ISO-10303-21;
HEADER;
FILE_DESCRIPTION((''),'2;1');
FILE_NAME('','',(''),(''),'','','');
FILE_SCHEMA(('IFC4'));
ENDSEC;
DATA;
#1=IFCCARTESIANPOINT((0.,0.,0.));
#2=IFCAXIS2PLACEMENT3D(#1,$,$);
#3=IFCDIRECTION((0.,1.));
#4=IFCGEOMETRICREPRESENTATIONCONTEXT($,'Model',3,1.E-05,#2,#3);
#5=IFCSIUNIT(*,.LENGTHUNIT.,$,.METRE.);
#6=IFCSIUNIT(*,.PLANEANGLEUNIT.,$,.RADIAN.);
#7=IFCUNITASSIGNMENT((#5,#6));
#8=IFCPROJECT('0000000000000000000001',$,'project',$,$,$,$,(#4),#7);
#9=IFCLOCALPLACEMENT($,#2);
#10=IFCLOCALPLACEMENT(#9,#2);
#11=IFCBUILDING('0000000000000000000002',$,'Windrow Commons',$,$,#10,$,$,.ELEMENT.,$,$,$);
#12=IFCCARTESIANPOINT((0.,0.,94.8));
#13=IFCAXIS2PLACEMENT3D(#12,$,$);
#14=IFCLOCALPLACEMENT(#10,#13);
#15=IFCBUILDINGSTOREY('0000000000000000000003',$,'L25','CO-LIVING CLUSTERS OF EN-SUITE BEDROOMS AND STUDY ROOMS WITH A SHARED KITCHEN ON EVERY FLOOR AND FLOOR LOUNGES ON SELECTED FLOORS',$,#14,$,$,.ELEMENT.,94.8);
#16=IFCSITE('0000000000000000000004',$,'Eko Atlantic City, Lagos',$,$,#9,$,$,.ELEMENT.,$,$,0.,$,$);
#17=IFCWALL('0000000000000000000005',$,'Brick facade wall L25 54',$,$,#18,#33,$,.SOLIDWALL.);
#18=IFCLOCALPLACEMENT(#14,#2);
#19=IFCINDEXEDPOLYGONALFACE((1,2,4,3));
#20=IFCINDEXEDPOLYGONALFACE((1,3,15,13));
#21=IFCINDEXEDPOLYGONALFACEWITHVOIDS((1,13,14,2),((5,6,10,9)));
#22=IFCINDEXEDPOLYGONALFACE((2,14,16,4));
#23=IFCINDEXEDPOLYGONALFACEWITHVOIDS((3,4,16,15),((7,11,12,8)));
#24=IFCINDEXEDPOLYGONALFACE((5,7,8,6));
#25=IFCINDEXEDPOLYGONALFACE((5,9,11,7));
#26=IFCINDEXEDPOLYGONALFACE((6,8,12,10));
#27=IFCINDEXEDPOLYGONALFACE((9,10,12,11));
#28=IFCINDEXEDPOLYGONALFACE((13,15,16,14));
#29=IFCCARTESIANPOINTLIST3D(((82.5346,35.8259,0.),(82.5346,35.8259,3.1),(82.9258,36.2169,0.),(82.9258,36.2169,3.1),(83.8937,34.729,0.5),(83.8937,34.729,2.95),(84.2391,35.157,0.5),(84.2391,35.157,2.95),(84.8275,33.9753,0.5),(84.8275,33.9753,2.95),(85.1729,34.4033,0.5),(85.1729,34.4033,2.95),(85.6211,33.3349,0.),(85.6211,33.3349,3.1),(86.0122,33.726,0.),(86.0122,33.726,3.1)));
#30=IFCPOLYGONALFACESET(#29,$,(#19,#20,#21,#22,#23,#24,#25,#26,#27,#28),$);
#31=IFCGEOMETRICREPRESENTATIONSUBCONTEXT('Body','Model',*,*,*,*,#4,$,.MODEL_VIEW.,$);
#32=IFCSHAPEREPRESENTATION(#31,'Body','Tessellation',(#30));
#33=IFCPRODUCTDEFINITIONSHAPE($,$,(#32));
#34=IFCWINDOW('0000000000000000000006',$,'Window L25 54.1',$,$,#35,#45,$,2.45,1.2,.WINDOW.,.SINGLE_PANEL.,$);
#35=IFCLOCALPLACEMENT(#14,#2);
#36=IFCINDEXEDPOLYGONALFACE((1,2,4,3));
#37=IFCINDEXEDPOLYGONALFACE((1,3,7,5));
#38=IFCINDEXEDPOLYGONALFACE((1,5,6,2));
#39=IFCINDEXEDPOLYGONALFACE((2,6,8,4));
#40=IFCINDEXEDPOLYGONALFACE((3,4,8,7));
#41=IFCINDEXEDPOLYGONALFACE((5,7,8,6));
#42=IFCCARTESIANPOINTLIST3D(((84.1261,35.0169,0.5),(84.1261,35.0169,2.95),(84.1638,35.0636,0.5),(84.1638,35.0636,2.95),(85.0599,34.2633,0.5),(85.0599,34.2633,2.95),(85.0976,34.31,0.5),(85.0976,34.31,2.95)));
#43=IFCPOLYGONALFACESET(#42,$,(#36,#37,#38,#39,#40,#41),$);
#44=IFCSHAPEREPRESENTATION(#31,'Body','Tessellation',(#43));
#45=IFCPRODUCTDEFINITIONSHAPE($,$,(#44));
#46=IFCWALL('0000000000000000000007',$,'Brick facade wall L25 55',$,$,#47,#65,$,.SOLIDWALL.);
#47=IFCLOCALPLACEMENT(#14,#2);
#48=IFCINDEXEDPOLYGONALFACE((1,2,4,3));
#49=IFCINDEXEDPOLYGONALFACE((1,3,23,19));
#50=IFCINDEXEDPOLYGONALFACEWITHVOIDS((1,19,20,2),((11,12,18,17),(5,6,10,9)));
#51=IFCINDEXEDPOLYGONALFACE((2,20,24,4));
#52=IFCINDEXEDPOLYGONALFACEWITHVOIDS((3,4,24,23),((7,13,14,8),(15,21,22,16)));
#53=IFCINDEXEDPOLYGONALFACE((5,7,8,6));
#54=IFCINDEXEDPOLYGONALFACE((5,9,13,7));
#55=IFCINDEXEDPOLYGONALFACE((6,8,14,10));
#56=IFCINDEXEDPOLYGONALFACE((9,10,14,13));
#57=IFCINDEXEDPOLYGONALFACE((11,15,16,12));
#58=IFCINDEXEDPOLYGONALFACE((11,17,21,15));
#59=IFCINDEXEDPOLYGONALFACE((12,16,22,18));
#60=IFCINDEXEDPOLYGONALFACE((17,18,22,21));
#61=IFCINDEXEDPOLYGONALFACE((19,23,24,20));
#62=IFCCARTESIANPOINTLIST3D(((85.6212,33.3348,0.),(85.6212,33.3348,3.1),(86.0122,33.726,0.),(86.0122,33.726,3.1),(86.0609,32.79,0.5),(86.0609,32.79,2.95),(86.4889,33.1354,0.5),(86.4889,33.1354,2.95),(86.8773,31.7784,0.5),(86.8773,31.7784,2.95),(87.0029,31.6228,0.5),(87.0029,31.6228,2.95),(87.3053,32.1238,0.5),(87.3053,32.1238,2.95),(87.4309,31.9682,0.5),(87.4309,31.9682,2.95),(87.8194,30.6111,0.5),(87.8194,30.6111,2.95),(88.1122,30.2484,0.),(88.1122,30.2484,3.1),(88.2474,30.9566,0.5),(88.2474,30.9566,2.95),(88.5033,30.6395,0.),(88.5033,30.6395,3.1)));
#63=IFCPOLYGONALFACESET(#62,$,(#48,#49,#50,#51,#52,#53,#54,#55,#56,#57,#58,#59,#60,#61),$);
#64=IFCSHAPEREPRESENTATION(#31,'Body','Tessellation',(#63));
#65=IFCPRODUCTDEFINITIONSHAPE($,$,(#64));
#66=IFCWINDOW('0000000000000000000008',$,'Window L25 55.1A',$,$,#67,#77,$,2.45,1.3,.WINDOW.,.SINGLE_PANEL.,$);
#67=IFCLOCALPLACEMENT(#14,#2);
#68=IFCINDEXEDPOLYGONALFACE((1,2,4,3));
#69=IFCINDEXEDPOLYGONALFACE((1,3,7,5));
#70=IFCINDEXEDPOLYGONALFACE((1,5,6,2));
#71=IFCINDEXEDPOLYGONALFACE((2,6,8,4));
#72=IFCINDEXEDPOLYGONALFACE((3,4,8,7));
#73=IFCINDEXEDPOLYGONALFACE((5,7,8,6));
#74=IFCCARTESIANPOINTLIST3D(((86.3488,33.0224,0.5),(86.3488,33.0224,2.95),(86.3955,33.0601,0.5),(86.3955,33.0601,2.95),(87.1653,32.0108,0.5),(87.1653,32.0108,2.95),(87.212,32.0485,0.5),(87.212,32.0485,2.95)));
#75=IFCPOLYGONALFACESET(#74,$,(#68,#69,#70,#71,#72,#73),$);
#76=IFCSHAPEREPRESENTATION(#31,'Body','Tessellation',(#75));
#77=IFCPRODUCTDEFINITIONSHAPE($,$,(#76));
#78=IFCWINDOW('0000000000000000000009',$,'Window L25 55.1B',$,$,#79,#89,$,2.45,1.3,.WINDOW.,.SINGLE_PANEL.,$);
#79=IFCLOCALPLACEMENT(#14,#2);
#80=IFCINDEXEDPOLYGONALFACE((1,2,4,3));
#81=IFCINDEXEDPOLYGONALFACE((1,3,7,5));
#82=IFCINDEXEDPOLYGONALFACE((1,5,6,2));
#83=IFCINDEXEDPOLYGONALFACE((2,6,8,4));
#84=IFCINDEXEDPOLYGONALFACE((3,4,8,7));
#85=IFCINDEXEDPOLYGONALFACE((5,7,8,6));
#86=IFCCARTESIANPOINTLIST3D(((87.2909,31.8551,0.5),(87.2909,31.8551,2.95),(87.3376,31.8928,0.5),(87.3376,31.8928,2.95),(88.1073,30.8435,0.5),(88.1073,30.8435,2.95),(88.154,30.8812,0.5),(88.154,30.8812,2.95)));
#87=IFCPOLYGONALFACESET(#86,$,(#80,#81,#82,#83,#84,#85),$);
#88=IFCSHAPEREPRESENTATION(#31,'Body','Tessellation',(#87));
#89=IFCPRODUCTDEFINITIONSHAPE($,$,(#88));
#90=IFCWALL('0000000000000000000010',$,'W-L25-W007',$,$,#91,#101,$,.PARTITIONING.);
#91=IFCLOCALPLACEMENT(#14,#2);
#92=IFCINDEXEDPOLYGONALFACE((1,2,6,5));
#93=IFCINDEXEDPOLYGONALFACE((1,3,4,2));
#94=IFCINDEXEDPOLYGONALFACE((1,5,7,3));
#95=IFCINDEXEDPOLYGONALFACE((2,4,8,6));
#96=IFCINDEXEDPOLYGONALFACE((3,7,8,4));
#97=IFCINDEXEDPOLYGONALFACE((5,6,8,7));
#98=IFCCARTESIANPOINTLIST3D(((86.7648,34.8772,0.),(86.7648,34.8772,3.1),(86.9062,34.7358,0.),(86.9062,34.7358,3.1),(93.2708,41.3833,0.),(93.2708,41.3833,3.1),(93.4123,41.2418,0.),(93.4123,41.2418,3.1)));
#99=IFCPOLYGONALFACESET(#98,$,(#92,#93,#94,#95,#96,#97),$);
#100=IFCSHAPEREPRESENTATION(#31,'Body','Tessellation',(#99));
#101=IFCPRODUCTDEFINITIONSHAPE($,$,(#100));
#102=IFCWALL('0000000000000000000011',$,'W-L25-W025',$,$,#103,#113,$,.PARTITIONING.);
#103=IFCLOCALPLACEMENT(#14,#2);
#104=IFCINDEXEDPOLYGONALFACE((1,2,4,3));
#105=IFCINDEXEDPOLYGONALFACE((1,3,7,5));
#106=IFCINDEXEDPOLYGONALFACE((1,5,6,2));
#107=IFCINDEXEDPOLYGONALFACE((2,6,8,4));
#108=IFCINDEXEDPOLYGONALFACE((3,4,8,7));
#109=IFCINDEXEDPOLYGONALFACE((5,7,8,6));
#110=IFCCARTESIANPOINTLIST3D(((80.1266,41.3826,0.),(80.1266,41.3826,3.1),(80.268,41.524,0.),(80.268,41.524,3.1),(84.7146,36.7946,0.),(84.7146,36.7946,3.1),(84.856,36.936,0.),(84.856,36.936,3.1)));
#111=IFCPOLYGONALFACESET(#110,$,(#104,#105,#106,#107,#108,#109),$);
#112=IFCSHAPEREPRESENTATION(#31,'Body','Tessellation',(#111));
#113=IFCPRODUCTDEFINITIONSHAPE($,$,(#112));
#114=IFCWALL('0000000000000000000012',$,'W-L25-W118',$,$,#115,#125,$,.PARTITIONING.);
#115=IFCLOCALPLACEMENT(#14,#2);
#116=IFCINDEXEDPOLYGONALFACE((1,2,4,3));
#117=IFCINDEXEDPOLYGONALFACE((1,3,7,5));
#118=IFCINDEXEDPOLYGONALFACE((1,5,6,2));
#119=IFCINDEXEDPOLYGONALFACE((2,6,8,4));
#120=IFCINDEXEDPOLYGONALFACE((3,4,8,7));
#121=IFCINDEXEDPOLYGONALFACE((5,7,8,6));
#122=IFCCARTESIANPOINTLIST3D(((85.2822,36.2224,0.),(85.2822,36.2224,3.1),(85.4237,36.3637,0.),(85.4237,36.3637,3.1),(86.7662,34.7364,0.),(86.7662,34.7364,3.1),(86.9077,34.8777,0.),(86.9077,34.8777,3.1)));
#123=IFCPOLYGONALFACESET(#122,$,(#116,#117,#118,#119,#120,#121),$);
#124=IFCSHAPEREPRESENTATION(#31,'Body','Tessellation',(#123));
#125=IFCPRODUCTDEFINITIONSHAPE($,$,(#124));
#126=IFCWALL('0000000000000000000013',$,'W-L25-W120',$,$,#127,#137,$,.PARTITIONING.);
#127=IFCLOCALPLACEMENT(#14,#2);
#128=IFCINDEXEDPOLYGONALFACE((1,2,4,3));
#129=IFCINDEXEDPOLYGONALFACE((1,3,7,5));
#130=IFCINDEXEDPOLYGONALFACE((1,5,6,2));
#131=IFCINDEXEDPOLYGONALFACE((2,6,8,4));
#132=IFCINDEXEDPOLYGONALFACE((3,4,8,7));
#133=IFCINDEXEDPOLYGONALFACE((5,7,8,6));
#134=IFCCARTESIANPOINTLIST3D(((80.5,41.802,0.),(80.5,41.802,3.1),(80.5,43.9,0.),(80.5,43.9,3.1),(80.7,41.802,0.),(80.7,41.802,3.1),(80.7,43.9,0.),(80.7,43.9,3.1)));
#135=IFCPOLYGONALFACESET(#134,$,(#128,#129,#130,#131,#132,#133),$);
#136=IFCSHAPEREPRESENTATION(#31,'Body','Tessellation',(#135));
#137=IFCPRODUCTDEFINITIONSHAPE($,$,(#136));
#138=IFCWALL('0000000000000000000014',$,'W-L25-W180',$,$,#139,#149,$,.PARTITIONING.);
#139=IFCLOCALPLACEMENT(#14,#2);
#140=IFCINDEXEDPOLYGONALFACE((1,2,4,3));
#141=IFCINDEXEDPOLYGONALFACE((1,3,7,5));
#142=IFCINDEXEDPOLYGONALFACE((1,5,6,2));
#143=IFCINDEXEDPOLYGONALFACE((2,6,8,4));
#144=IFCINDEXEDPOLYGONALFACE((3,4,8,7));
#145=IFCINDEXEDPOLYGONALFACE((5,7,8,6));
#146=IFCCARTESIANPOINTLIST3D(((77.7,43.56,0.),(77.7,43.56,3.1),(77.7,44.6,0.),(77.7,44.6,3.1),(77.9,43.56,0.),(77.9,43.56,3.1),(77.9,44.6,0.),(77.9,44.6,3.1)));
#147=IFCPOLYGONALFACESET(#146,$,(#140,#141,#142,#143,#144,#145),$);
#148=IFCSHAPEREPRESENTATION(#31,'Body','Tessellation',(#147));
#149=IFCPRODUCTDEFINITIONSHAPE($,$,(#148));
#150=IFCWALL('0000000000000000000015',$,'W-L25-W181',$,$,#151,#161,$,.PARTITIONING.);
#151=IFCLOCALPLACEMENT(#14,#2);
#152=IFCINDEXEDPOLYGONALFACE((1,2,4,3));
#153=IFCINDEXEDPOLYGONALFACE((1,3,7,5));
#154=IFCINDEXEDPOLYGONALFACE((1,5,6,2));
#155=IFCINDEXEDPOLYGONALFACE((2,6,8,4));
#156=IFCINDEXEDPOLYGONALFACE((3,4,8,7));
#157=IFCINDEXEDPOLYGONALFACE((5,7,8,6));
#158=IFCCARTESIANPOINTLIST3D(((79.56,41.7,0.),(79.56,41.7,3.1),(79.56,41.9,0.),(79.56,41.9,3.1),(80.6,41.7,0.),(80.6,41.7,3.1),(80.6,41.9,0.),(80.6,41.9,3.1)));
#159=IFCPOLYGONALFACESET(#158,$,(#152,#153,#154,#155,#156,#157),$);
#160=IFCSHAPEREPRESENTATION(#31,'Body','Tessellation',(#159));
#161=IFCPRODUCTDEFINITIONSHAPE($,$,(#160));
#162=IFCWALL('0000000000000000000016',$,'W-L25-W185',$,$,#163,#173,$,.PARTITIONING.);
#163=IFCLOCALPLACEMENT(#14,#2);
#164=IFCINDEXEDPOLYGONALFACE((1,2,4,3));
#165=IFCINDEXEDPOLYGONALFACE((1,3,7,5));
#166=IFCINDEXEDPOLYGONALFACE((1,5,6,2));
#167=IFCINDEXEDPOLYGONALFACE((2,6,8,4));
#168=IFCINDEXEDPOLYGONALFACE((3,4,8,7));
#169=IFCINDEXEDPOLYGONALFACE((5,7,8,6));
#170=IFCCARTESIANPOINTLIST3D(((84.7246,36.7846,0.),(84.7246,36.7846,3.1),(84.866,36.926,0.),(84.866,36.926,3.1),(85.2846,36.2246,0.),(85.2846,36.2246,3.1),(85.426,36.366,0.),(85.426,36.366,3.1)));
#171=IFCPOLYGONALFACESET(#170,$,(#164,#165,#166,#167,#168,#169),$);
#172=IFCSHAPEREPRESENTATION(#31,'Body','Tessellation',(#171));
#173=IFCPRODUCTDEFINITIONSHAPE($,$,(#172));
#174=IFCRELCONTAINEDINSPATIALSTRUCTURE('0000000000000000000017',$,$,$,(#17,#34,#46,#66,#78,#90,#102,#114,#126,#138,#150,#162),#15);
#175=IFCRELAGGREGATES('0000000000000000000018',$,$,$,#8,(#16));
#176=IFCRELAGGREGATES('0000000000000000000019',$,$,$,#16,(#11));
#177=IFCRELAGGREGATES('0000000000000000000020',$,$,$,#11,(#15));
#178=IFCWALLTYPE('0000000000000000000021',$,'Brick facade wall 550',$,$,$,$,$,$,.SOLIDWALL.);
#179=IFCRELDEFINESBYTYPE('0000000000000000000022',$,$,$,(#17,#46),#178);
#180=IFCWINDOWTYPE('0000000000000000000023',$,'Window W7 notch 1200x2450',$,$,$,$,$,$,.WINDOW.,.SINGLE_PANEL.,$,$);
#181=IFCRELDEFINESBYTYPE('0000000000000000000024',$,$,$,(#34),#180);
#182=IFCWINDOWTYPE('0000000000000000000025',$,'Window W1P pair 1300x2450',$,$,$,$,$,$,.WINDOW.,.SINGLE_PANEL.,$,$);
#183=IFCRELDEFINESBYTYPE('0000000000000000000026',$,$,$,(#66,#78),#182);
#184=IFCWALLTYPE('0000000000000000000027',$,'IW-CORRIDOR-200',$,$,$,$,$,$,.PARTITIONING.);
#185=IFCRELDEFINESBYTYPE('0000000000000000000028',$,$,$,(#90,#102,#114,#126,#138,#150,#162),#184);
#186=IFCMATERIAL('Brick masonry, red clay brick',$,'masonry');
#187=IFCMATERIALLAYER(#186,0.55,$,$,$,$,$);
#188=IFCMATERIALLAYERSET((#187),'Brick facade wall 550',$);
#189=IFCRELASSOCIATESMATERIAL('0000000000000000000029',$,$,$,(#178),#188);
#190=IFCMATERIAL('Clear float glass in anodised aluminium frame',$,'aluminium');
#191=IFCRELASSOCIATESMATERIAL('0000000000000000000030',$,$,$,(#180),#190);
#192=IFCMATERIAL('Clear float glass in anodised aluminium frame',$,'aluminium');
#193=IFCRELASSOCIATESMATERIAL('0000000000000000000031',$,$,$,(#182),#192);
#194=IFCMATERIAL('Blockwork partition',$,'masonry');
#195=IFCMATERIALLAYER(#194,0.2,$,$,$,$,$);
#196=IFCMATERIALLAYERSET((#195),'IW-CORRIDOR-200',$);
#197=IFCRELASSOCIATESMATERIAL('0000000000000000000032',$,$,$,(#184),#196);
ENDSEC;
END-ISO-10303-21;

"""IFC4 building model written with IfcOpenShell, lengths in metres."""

from ifc_helpers import new_model, si_unit, direction, frame, frame_2d, origin, place, context, subcontext, project, spatial, polyline, rectangle, outline, extrude, material, layer, layer_set, type_object, element, fill, save


model = new_model("IFC4")

# Units and contexts
model_context = context("Model", 3, precision=1e-05, world=origin(), true_north=direction((0.0, 1.0)))
body_context = subcontext(model_context, "Body", "Model", "MODEL_VIEW")
ifc_project = project(units=[si_unit("LENGTHUNIT", "METRE"), si_unit("PLANEANGLEUNIT", "RADIAN")], contexts=[model_context])

# Site, building, storey
site_placement = place(None, origin())
site = spatial("IfcSite", under=ifc_project, at=site_placement, Name="Eko Atlantic City, Lagos", CompositionType="ELEMENT", RefElevation=0.0)
building_placement = place(site_placement, origin())
building = spatial("IfcBuilding", under=site, at=building_placement, Name="Windrow Commons", CompositionType="ELEMENT")
storey_placement = place(building_placement, frame((0.0, 0.0, 94.8)))
storey = spatial("IfcBuildingStorey", under=building, at=storey_placement, Name="L25", Description="CO-LIVING CLUSTERS OF EN-SUITE BEDROOMS AND STUDY ROOMS WITH A SHARED KITCHEN ON EVERY FLOOR AND FLOOR LOUNGES ON SELECTED FLOORS", CompositionType="ELEMENT", Elevation=94.8)

# Shared definitions
ifc_material_1 = material(Name="Brick masonry, red clay brick", Category="masonry")
ifc_layer_1 = layer(ifc_material_1, 0.55)
ifc_layer_set_1 = layer_set([ifc_layer_1], Name="Brick facade wall 550")
wall_type_1 = type_object("IfcWallType", Name="Brick facade wall 550", PredefinedType="SOLIDWALL", material=ifc_layer_set_1)
ifc_material_2 = material(Name="Clear float glass in anodised aluminium frame", Category="aluminium")
window_type_1 = type_object("IfcWindowType", Name="Window W7 notch 1200x2450", PartitioningType="SINGLE_PANEL", PredefinedType="WINDOW", material=ifc_material_2)

# Wall, opening, window
wall_1_placement = place(storey_placement, frame((82.7302, 36.0214, 0.0), z_axis=(0.0, 0.0, 1.0), x_axis=(0.77818, -0.628041, 0.0)))
wall_1 = element("IfcWall", 1, at=wall_1_placement, inside=storey, type_object=wall_type_1, Name="Brick facade wall L25 54", PredefinedType="SOLIDWALL", context=body_context, shape_type="SweptSolid", body=[
    extrude(outline(polyline([(-0.0294, -0.275), (3.9369, -0.275), (3.9956, 0.275), (0.0294, 0.275), (-0.0294, -0.275)])), origin(), (0.0, 0.0, 1.0), 3.1),
])
opening_1_placement = place(wall_1_placement, frame((1.7171, 0.0, 0.5)))
opening_1 = element("IfcOpeningElement", 2, at=opening_1_placement, cuts=wall_1, PredefinedType="OPENING", context=body_context, shape_type="SweptSolid", body=[
    extrude(rectangle(XDim=1.2, YDim=2.45, at=frame_2d((0.6, 1.225))), frame((0.0, 0.285, 0.0), z_axis=(0.0, -1.0, 0.0), x_axis=(1.0, 0.0, 0.0)), (0.0, 0.0, 1.0), 0.57),
])
window_1_placement = place(opening_1_placement, origin())
window_1 = element("IfcWindow", 3, at=window_1_placement, inside=storey, type_object=window_type_1, Name="Window L25 54.1", OverallHeight=2.45, OverallWidth=1.2, PartitioningType="SINGLE_PANEL", PredefinedType="WINDOW", context=body_context, shape_type="SweptSolid", body=[
    extrude(rectangle(XDim=1.2, YDim=2.45, at=frame_2d((0.6, 1.225))), frame((0.0, 0.155, 0.0), z_axis=(0.0, -1.0, 0.0), x_axis=(1.0, 0.0, 0.0)), (0.0, 0.0, 1.0), 0.06),
])
fill(opening_1, window_1)

# Wall, openings, windows
wall_2_placement = place(storey_placement, frame((85.8167, 33.5304, 0.0), z_axis=(0.0, 0.0, 1.0), x_axis=(0.628053, -0.778171, 0.0)))
wall_2 = element("IfcWall", 4, at=wall_2_placement, inside=storey, type_object=wall_type_1, Name="Brick facade wall L25 55", PredefinedType="SOLIDWALL", context=body_context, shape_type="SweptSolid", body=[
    extrude(outline(polyline([(0.0294, -0.275), (3.9956, -0.275), (3.9369, 0.275), (-0.0294, 0.275), (0.0294, -0.275)])), origin(), (0.0, 0.0, 1.0), 3.1),
])
opening_2_placement = place(wall_2_placement, frame((0.7295, 0.0, 0.5)))
opening_2 = element("IfcOpeningElement", 5, at=opening_2_placement, cuts=wall_2, PredefinedType="OPENING", context=body_context, shape_type="SweptSolid", body=[
    extrude(rectangle(XDim=1.3, YDim=2.45, at=frame_2d((0.65, 1.225))), frame((0.0, 0.285, 0.0), z_axis=(0.0, -1.0, 0.0), x_axis=(1.0, 0.0, 0.0)), (0.0, 0.0, 1.0), 0.57),
])
opening_3_placement = place(wall_2_placement, frame((2.2295, 0.0, 0.5)))
opening_3 = element("IfcOpeningElement", 6, at=opening_3_placement, cuts=wall_2, PredefinedType="OPENING", context=body_context, shape_type="SweptSolid", body=[
    extrude(rectangle(XDim=1.3, YDim=2.45, at=frame_2d((0.65, 1.225))), frame((0.0, 0.285, 0.0), z_axis=(0.0, -1.0, 0.0), x_axis=(1.0, 0.0, 0.0)), (0.0, 0.0, 1.0), 0.57),
])
ifc_material_3 = material(Name="Clear float glass in anodised aluminium frame", Category="aluminium")
window_type_2 = type_object("IfcWindowType", Name="Window W1P pair 1300x2450", PartitioningType="SINGLE_PANEL", PredefinedType="WINDOW", material=ifc_material_3)
window_2_placement = place(opening_2_placement, origin())
window_2 = element("IfcWindow", 7, at=window_2_placement, inside=storey, type_object=window_type_2, Name="Window L25 55.1A", OverallHeight=2.45, OverallWidth=1.3, PartitioningType="SINGLE_PANEL", PredefinedType="WINDOW", context=body_context, shape_type="SweptSolid", body=[
    extrude(rectangle(XDim=1.3, YDim=2.45, at=frame_2d((0.65, 1.225))), frame((0.0, 0.155, 0.0), z_axis=(0.0, -1.0, 0.0), x_axis=(1.0, 0.0, 0.0)), (0.0, 0.0, 1.0), 0.06),
])
fill(opening_2, window_2)
window_3_placement = place(opening_3_placement, origin())
window_3 = element("IfcWindow", 8, at=window_3_placement, inside=storey, type_object=window_type_2, Name="Window L25 55.1B", OverallHeight=2.45, OverallWidth=1.3, PartitioningType="SINGLE_PANEL", PredefinedType="WINDOW", context=body_context, shape_type="SweptSolid", body=[
    extrude(rectangle(XDim=1.3, YDim=2.45, at=frame_2d((0.65, 1.225))), frame((0.0, 0.155, 0.0), z_axis=(0.0, -1.0, 0.0), x_axis=(1.0, 0.0, 0.0)), (0.0, 0.0, 1.0), 0.06),
])
fill(opening_3, window_3)

# Walls
ifc_material_4 = material(Name="Blockwork partition", Category="masonry")
ifc_layer_2 = layer(ifc_material_4, 0.2)
ifc_layer_set_2 = layer_set([ifc_layer_2], Name="IW-CORRIDOR-200")
wall_type_2 = type_object("IfcWallType", Name="IW-CORRIDOR-200", PredefinedType="PARTITIONING", material=ifc_layer_set_2)
wall_3_placement = place(storey_placement, frame((86.8355, 34.8065, 0.0), z_axis=(0.0, 0.0, 1.0), x_axis=(0.707107, 0.707107, 0.0)))
element("IfcWall", 9, at=wall_3_placement, inside=storey, type_object=wall_type_2, Name="W-L25-W007", PredefinedType="PARTITIONING", context=body_context, shape_type="SweptSolid", body=[
    extrude(rectangle(XDim=9.2009, YDim=0.2, at=frame_2d((4.6005, 0.0))), origin(), (0.0, 0.0, 1.0), 3.1),
])
wall_4_placement = place(storey_placement, frame((80.1973, 41.4533, 0.0), z_axis=(0.0, 0.0, 1.0), x_axis=(0.707107, -0.707107, 0.0)))
element("IfcWall", 10, at=wall_4_placement, inside=storey, type_object=wall_type_2, Name="W-L25-W025", PredefinedType="PARTITIONING", context=body_context, shape_type="SweptSolid", body=[
    extrude(rectangle(XDim=6.4884, YDim=0.2, at=frame_2d((3.2442, 0.0))), origin(), (0.0, 0.0, 1.0), 3.1),
])
wall_5_placement = place(storey_placement, frame((85.353, 36.293, 0.0), z_axis=(0.0, 0.0, 1.0), x_axis=(0.70663, -0.707583, 0.0)))
element("IfcWall", 11, at=wall_5_placement, inside=storey, type_object=wall_type_2, Name="W-L25-W118", PredefinedType="PARTITIONING", context=body_context, shape_type="SweptSolid", body=[
    extrude(rectangle(XDim=2.1001, YDim=0.2, at=frame_2d((1.05, 0.0))), origin(), (0.0, 0.0, 1.0), 3.1),
])
wall_6_placement = place(storey_placement, frame((80.6, 41.802, 0.0), z_axis=(0.0, 0.0, 1.0), x_axis=(0.0, 1.0, 0.0)))
element("IfcWall", 12, at=wall_6_placement, inside=storey, type_object=wall_type_2, Name="W-L25-W120", PredefinedType="PARTITIONING", context=body_context, shape_type="SweptSolid", body=[
    extrude(rectangle(XDim=2.098, YDim=0.2, at=frame_2d((1.049, 0.0))), origin(), (0.0, 0.0, 1.0), 3.1),
])
for number, where, z_axis, x_axis, name in (
    (13, (77.8, 43.56, 0.0), (0.0, 0.0, 1.0), (0.0, 1.0, 0.0), "W-L25-W180"),
    (14, (79.56, 41.8, 0.0), (0.0, 0.0, 1.0), (1.0, 0.0, 0.0), "W-L25-W181"),
):
    element("IfcWall", number, at=place(storey_placement, frame(where, z_axis=z_axis, x_axis=x_axis)), inside=storey, type_object=wall_type_2, Name=name, PredefinedType="PARTITIONING", context=body_context, shape_type="SweptSolid", body=[
        extrude(rectangle(XDim=1.04, YDim=0.2, at=frame_2d((0.52, 0.0))), origin(), (0.0, 0.0, 1.0), 3.1),
    ])
wall_7_placement = place(storey_placement, frame((84.7953, 36.8553, 0.0), z_axis=(0.0, 0.0, 1.0), x_axis=(0.707107, -0.707107, 0.0)))
element("IfcWall", 15, at=wall_7_placement, inside=storey, type_object=wall_type_2, Name="W-L25-W185", PredefinedType="PARTITIONING", context=body_context, shape_type="SweptSolid", body=[
    extrude(rectangle(XDim=0.792, YDim=0.2, at=frame_2d((0.396, 0.0))), origin(), (0.0, 0.0, 1.0), 3.1),
])

save(model, "model.ifc")
